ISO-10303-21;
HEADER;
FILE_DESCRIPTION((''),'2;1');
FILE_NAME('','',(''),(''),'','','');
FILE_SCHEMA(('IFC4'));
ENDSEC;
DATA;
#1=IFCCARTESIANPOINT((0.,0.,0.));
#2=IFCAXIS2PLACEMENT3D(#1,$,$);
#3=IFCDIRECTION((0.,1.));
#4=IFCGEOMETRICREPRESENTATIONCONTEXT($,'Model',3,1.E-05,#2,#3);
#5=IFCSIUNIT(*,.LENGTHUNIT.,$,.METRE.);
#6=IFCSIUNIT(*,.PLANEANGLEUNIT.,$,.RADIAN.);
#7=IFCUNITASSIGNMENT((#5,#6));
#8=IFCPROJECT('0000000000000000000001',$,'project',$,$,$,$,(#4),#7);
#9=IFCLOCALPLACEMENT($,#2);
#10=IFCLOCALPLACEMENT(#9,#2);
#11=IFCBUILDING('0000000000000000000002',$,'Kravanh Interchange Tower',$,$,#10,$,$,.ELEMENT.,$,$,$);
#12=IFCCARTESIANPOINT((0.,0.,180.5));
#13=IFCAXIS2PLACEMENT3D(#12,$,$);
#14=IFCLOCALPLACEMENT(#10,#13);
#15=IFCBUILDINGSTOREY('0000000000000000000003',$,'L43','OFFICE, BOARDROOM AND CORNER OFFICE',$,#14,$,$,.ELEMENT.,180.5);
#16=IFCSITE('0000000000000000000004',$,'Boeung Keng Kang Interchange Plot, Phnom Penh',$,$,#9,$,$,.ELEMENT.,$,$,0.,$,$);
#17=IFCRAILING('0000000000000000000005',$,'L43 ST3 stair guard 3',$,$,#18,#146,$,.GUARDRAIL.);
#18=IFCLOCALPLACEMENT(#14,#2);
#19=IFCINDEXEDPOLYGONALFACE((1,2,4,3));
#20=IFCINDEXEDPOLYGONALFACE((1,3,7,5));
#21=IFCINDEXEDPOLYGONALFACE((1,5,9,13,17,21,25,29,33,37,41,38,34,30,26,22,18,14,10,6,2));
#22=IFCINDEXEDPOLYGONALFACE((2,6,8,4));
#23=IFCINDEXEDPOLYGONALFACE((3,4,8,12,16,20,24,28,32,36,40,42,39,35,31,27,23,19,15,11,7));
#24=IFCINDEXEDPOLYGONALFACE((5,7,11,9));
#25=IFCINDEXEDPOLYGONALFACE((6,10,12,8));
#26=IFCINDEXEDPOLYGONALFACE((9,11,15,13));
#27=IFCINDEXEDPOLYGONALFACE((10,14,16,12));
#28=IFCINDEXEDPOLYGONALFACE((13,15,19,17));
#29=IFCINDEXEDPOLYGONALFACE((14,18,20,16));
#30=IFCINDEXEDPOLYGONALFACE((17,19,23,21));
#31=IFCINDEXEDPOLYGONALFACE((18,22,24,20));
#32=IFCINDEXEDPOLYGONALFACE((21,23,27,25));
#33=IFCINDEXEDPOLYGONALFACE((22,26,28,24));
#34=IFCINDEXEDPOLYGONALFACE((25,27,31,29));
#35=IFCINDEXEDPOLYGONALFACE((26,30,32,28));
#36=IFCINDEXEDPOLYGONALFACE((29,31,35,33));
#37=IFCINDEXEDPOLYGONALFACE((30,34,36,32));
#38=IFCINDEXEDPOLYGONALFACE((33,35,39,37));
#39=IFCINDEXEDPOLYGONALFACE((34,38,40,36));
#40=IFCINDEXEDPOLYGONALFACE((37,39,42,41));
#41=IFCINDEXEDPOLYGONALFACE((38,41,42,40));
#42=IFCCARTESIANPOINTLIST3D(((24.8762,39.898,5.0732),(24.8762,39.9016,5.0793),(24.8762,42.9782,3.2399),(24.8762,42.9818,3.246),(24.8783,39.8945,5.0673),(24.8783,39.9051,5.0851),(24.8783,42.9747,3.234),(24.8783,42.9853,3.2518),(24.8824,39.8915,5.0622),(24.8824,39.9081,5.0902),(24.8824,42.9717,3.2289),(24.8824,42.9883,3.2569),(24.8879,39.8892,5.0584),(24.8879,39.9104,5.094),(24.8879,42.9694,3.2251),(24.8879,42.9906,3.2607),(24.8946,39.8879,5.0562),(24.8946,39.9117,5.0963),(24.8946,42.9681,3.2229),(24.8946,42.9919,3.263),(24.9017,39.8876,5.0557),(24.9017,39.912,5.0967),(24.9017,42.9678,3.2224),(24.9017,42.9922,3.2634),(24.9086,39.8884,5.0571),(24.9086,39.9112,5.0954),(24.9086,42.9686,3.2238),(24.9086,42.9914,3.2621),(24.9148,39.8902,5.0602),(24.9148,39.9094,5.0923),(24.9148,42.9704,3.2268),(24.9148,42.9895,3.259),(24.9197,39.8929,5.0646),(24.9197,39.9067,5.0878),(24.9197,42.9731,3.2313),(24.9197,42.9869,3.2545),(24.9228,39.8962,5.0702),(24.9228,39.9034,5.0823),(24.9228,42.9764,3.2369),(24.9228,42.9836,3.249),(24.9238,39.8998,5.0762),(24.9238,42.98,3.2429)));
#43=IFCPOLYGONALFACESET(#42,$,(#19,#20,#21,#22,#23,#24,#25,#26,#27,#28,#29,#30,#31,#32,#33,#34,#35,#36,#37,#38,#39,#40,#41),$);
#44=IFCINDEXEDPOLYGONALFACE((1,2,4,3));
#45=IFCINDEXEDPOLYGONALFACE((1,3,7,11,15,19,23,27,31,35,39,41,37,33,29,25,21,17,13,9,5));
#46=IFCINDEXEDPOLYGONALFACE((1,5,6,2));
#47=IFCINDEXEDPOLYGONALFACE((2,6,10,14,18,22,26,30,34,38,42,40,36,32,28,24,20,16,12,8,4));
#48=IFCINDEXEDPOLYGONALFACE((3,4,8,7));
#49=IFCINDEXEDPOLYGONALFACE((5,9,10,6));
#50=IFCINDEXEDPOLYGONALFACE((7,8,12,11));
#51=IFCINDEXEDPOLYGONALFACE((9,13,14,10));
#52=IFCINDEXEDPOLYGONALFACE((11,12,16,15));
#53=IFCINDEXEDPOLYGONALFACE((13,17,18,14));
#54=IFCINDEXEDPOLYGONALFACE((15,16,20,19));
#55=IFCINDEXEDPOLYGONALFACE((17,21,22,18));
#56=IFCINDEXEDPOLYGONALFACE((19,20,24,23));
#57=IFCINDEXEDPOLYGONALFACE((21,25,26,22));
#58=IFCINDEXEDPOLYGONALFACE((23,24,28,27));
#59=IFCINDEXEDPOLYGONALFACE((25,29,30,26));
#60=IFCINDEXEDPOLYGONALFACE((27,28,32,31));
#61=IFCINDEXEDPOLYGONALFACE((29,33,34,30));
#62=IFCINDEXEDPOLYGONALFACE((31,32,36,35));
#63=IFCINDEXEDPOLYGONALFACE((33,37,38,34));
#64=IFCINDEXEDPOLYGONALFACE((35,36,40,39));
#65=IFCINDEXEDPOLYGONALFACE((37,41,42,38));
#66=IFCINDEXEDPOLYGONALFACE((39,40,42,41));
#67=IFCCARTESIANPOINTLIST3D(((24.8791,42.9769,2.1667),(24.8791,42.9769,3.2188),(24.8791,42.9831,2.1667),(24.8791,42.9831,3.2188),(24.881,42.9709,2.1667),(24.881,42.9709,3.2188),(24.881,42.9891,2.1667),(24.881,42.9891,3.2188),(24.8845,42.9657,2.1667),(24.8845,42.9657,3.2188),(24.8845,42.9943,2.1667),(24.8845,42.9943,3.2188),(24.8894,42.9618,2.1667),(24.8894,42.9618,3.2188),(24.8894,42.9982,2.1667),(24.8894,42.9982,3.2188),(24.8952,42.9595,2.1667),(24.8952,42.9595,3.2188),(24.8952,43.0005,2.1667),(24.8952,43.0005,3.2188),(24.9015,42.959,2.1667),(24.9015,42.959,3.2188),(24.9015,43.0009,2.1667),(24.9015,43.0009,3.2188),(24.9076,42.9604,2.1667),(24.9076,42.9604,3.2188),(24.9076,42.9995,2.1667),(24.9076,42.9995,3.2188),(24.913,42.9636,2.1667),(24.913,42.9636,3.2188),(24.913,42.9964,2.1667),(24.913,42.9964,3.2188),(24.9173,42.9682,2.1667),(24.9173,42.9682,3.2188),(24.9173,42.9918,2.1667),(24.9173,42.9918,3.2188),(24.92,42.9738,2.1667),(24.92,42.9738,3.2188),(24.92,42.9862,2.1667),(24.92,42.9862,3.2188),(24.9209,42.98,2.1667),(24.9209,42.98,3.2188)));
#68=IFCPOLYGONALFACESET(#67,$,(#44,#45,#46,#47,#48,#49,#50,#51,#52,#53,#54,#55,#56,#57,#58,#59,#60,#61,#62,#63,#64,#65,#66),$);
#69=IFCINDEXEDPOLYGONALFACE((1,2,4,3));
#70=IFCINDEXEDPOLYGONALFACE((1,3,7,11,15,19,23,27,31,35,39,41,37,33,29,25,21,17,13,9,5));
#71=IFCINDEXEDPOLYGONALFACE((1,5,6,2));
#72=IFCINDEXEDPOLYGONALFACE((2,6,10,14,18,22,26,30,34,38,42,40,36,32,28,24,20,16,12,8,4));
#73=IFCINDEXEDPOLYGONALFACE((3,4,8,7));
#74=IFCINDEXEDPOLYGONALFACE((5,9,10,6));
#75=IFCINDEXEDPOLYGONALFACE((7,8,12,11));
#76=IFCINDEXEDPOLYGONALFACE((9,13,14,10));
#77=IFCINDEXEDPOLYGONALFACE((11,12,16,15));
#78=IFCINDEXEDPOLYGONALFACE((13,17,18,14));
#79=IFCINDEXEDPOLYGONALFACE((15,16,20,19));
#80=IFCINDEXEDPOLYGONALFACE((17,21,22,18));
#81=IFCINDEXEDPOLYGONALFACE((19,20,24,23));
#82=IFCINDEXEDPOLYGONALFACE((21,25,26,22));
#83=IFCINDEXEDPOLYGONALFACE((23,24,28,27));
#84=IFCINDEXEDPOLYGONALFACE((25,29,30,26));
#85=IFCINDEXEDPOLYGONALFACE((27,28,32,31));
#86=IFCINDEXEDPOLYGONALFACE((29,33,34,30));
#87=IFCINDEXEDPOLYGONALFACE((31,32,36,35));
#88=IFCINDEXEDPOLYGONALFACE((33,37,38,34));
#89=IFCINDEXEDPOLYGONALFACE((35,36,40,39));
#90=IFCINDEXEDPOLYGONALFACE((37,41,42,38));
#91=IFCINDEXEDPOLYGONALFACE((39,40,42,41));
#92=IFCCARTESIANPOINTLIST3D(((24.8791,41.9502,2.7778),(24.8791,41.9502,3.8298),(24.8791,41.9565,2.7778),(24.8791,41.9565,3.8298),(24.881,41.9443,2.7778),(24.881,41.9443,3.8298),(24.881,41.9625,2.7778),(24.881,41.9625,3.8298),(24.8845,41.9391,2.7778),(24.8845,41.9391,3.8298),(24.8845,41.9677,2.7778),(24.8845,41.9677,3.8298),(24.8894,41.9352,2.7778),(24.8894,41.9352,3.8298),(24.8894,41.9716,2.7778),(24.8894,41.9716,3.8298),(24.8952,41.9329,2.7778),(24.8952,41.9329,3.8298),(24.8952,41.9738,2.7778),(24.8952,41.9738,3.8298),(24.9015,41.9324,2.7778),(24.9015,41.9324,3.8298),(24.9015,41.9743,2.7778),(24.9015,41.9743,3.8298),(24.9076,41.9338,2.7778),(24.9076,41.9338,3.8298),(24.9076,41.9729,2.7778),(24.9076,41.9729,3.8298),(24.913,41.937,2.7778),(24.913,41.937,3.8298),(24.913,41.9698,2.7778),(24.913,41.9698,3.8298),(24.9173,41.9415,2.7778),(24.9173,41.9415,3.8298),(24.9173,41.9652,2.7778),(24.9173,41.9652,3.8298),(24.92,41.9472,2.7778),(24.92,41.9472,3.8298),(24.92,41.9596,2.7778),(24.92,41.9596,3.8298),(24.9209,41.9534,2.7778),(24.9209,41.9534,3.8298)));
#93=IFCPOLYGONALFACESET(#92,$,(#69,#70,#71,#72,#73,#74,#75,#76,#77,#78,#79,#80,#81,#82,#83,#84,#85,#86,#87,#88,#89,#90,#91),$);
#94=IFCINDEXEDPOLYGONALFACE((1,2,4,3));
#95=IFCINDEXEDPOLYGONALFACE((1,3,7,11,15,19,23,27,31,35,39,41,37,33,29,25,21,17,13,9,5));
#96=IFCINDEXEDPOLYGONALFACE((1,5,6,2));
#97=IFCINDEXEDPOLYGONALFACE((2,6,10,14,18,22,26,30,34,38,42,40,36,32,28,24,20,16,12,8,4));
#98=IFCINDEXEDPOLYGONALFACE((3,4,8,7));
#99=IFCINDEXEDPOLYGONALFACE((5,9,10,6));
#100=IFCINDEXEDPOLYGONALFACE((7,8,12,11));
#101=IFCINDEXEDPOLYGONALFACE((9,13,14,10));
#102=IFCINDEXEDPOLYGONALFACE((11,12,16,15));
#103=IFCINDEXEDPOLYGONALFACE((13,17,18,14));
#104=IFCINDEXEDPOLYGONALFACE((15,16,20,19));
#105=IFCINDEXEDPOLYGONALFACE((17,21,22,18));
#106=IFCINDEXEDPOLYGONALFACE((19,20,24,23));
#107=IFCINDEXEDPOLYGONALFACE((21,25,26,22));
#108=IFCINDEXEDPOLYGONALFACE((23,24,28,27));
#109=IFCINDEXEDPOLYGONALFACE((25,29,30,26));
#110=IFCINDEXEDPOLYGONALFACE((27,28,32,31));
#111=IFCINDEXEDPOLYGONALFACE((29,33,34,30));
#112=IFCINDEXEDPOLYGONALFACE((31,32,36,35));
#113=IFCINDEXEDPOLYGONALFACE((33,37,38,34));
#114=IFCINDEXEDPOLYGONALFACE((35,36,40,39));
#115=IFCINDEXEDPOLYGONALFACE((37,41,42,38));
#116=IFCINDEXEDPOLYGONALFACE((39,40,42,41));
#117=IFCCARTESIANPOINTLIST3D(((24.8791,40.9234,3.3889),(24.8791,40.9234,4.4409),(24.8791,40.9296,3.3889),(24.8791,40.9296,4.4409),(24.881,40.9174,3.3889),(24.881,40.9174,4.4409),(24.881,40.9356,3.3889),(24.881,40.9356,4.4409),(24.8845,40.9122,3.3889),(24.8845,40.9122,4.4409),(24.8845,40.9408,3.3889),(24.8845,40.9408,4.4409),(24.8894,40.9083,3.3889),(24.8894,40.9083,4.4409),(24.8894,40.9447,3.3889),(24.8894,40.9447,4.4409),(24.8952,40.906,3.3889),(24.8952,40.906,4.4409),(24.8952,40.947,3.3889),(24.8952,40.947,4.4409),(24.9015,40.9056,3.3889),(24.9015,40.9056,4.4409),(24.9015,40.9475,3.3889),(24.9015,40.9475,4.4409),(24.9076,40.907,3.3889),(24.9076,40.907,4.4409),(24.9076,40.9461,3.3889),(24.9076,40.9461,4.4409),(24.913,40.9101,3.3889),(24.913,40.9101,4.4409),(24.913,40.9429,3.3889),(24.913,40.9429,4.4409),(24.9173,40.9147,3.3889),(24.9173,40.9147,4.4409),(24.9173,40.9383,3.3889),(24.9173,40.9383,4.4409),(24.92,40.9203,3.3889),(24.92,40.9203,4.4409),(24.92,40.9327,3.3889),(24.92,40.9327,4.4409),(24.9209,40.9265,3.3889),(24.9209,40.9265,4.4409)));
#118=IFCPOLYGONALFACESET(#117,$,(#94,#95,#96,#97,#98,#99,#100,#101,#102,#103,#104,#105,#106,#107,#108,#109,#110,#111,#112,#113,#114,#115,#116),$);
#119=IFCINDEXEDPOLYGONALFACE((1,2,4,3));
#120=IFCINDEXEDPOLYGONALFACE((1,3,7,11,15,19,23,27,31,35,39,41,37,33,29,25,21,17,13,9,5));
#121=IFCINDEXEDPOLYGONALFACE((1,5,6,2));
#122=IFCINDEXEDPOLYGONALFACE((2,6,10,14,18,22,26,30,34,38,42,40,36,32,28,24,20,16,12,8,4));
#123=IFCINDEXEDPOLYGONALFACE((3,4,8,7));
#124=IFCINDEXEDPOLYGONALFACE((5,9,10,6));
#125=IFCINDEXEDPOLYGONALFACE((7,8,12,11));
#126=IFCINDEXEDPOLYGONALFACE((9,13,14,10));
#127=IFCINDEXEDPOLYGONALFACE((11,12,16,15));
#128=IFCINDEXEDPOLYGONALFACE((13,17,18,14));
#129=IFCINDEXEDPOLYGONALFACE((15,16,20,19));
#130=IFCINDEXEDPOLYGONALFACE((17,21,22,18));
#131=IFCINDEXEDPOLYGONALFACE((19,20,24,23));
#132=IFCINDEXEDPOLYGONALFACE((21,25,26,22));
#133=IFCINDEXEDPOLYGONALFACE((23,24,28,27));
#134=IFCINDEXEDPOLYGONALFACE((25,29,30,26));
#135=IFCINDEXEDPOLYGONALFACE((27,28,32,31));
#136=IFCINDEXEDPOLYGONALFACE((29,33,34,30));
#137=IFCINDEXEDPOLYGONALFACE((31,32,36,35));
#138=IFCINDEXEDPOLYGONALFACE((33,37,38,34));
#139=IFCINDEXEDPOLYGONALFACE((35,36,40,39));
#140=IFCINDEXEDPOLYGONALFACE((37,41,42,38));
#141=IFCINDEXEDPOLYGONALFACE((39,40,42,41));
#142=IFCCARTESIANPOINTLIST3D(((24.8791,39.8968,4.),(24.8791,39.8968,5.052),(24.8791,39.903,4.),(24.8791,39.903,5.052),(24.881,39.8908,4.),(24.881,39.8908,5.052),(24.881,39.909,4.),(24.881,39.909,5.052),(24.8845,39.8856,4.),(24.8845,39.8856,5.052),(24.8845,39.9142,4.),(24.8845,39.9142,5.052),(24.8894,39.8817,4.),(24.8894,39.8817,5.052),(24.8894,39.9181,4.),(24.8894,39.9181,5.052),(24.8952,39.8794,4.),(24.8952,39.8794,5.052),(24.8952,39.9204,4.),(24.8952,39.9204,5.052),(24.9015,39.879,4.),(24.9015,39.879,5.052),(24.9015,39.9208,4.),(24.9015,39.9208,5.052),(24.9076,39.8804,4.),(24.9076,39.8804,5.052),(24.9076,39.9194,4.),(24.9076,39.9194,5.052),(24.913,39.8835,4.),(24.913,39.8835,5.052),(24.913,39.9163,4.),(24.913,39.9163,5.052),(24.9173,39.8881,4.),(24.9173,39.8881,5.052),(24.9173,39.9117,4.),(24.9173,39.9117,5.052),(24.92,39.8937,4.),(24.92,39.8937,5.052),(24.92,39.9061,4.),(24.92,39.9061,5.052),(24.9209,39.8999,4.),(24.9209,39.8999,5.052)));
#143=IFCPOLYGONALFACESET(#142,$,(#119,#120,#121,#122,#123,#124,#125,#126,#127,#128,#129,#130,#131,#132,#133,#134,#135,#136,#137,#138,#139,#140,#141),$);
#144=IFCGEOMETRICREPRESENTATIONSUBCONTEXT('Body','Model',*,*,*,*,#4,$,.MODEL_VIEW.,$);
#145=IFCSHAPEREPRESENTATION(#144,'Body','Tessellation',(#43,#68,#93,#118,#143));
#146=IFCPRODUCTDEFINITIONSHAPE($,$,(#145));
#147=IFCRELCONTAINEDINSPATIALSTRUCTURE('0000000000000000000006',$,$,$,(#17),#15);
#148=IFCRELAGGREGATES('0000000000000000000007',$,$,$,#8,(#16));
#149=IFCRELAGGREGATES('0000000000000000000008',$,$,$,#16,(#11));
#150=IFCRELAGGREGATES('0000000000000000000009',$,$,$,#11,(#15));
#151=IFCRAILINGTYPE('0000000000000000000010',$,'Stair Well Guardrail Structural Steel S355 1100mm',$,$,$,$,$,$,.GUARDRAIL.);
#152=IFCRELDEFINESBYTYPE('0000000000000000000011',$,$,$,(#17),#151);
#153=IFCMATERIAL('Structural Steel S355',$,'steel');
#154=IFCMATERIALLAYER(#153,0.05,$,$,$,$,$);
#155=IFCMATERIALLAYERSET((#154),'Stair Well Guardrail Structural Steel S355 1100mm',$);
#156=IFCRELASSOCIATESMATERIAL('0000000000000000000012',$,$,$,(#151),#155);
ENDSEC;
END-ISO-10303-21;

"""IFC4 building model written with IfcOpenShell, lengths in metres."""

from ifc_helpers import new_model, si_unit, direction, frame, origin, origin_2d, place, context, subcontext, project, spatial, circle, extrude, material, layer, layer_set, type_object, element, save


model = new_model("IFC4")

# Units and contexts
model_context = context("Model", 3, precision=1e-05, world=origin(), true_north=direction((0.0, 1.0)))
body_context = subcontext(model_context, "Body", "Model", "MODEL_VIEW")
ifc_project = project(units=[si_unit("LENGTHUNIT", "METRE"), si_unit("PLANEANGLEUNIT", "RADIAN")], contexts=[model_context])

# Site, building, storey
site_placement = place(None, origin())
site = spatial("IfcSite", under=ifc_project, at=site_placement, Name="Boeung Keng Kang Interchange Plot, Phnom Penh", CompositionType="ELEMENT", RefElevation=0.0)
building_placement = place(site_placement, origin())
building = spatial("IfcBuilding", under=site, at=building_placement, Name="Kravanh Interchange Tower", CompositionType="ELEMENT")
storey_placement = place(building_placement, frame((0.0, 0.0, 180.5)))
storey = spatial("IfcBuildingStorey", under=building, at=storey_placement, Name="L43", Description="OFFICE, BOARDROOM AND CORNER OFFICE", CompositionType="ELEMENT", Elevation=180.5)

# Railing
ifc_material_1 = material(Name="Structural Steel S355", Category="steel")
ifc_layer_1 = layer(ifc_material_1, 0.05)
ifc_layer_set_1 = layer_set([ifc_layer_1], Name="Stair Well Guardrail Structural Steel S355 1100mm")
railing_type_1 = type_object("IfcRailingType", Name="Stair Well Guardrail Structural Steel S355 1100mm", PredefinedType="GUARDRAIL", material=ifc_layer_set_1)
railing_1_placement = place(storey_placement, frame((24.8999, 42.98, 2.1667)))
element("IfcRailing", 1, at=railing_1_placement, inside=storey, type_object=railing_type_1, Name="L43 ST3 stair guard 3", PredefinedType="GUARDRAIL", context=body_context, shape_type="SweptSolid", body=[
    extrude(circle(Radius=0.0239, at=origin_2d()), frame((0.0, 0.0, 1.0762), z_axis=(0.0, -0.859309, 0.511458), x_axis=(1.0, 0.0, 0.0)), (0.0, 0.0, 1.0), 3.5845),
    extrude(circle(Radius=0.021, at=origin_2d()), origin(), (0.0, 0.0, 1.0), 1.052),
    extrude(circle(Radius=0.021, at=origin_2d()), frame((0.0, -1.0266, 0.6111)), (0.0, 0.0, 1.0), 1.052),
    extrude(circle(Radius=0.021, at=origin_2d()), frame((0.0, -2.0535, 1.2222)), (0.0, 0.0, 1.0), 1.052),
    extrude(circle(Radius=0.021, at=origin_2d()), frame((0.0, -3.0801, 1.8333)), (0.0, 0.0, 1.0), 1.052),
])

save(model, "model.ifc")
